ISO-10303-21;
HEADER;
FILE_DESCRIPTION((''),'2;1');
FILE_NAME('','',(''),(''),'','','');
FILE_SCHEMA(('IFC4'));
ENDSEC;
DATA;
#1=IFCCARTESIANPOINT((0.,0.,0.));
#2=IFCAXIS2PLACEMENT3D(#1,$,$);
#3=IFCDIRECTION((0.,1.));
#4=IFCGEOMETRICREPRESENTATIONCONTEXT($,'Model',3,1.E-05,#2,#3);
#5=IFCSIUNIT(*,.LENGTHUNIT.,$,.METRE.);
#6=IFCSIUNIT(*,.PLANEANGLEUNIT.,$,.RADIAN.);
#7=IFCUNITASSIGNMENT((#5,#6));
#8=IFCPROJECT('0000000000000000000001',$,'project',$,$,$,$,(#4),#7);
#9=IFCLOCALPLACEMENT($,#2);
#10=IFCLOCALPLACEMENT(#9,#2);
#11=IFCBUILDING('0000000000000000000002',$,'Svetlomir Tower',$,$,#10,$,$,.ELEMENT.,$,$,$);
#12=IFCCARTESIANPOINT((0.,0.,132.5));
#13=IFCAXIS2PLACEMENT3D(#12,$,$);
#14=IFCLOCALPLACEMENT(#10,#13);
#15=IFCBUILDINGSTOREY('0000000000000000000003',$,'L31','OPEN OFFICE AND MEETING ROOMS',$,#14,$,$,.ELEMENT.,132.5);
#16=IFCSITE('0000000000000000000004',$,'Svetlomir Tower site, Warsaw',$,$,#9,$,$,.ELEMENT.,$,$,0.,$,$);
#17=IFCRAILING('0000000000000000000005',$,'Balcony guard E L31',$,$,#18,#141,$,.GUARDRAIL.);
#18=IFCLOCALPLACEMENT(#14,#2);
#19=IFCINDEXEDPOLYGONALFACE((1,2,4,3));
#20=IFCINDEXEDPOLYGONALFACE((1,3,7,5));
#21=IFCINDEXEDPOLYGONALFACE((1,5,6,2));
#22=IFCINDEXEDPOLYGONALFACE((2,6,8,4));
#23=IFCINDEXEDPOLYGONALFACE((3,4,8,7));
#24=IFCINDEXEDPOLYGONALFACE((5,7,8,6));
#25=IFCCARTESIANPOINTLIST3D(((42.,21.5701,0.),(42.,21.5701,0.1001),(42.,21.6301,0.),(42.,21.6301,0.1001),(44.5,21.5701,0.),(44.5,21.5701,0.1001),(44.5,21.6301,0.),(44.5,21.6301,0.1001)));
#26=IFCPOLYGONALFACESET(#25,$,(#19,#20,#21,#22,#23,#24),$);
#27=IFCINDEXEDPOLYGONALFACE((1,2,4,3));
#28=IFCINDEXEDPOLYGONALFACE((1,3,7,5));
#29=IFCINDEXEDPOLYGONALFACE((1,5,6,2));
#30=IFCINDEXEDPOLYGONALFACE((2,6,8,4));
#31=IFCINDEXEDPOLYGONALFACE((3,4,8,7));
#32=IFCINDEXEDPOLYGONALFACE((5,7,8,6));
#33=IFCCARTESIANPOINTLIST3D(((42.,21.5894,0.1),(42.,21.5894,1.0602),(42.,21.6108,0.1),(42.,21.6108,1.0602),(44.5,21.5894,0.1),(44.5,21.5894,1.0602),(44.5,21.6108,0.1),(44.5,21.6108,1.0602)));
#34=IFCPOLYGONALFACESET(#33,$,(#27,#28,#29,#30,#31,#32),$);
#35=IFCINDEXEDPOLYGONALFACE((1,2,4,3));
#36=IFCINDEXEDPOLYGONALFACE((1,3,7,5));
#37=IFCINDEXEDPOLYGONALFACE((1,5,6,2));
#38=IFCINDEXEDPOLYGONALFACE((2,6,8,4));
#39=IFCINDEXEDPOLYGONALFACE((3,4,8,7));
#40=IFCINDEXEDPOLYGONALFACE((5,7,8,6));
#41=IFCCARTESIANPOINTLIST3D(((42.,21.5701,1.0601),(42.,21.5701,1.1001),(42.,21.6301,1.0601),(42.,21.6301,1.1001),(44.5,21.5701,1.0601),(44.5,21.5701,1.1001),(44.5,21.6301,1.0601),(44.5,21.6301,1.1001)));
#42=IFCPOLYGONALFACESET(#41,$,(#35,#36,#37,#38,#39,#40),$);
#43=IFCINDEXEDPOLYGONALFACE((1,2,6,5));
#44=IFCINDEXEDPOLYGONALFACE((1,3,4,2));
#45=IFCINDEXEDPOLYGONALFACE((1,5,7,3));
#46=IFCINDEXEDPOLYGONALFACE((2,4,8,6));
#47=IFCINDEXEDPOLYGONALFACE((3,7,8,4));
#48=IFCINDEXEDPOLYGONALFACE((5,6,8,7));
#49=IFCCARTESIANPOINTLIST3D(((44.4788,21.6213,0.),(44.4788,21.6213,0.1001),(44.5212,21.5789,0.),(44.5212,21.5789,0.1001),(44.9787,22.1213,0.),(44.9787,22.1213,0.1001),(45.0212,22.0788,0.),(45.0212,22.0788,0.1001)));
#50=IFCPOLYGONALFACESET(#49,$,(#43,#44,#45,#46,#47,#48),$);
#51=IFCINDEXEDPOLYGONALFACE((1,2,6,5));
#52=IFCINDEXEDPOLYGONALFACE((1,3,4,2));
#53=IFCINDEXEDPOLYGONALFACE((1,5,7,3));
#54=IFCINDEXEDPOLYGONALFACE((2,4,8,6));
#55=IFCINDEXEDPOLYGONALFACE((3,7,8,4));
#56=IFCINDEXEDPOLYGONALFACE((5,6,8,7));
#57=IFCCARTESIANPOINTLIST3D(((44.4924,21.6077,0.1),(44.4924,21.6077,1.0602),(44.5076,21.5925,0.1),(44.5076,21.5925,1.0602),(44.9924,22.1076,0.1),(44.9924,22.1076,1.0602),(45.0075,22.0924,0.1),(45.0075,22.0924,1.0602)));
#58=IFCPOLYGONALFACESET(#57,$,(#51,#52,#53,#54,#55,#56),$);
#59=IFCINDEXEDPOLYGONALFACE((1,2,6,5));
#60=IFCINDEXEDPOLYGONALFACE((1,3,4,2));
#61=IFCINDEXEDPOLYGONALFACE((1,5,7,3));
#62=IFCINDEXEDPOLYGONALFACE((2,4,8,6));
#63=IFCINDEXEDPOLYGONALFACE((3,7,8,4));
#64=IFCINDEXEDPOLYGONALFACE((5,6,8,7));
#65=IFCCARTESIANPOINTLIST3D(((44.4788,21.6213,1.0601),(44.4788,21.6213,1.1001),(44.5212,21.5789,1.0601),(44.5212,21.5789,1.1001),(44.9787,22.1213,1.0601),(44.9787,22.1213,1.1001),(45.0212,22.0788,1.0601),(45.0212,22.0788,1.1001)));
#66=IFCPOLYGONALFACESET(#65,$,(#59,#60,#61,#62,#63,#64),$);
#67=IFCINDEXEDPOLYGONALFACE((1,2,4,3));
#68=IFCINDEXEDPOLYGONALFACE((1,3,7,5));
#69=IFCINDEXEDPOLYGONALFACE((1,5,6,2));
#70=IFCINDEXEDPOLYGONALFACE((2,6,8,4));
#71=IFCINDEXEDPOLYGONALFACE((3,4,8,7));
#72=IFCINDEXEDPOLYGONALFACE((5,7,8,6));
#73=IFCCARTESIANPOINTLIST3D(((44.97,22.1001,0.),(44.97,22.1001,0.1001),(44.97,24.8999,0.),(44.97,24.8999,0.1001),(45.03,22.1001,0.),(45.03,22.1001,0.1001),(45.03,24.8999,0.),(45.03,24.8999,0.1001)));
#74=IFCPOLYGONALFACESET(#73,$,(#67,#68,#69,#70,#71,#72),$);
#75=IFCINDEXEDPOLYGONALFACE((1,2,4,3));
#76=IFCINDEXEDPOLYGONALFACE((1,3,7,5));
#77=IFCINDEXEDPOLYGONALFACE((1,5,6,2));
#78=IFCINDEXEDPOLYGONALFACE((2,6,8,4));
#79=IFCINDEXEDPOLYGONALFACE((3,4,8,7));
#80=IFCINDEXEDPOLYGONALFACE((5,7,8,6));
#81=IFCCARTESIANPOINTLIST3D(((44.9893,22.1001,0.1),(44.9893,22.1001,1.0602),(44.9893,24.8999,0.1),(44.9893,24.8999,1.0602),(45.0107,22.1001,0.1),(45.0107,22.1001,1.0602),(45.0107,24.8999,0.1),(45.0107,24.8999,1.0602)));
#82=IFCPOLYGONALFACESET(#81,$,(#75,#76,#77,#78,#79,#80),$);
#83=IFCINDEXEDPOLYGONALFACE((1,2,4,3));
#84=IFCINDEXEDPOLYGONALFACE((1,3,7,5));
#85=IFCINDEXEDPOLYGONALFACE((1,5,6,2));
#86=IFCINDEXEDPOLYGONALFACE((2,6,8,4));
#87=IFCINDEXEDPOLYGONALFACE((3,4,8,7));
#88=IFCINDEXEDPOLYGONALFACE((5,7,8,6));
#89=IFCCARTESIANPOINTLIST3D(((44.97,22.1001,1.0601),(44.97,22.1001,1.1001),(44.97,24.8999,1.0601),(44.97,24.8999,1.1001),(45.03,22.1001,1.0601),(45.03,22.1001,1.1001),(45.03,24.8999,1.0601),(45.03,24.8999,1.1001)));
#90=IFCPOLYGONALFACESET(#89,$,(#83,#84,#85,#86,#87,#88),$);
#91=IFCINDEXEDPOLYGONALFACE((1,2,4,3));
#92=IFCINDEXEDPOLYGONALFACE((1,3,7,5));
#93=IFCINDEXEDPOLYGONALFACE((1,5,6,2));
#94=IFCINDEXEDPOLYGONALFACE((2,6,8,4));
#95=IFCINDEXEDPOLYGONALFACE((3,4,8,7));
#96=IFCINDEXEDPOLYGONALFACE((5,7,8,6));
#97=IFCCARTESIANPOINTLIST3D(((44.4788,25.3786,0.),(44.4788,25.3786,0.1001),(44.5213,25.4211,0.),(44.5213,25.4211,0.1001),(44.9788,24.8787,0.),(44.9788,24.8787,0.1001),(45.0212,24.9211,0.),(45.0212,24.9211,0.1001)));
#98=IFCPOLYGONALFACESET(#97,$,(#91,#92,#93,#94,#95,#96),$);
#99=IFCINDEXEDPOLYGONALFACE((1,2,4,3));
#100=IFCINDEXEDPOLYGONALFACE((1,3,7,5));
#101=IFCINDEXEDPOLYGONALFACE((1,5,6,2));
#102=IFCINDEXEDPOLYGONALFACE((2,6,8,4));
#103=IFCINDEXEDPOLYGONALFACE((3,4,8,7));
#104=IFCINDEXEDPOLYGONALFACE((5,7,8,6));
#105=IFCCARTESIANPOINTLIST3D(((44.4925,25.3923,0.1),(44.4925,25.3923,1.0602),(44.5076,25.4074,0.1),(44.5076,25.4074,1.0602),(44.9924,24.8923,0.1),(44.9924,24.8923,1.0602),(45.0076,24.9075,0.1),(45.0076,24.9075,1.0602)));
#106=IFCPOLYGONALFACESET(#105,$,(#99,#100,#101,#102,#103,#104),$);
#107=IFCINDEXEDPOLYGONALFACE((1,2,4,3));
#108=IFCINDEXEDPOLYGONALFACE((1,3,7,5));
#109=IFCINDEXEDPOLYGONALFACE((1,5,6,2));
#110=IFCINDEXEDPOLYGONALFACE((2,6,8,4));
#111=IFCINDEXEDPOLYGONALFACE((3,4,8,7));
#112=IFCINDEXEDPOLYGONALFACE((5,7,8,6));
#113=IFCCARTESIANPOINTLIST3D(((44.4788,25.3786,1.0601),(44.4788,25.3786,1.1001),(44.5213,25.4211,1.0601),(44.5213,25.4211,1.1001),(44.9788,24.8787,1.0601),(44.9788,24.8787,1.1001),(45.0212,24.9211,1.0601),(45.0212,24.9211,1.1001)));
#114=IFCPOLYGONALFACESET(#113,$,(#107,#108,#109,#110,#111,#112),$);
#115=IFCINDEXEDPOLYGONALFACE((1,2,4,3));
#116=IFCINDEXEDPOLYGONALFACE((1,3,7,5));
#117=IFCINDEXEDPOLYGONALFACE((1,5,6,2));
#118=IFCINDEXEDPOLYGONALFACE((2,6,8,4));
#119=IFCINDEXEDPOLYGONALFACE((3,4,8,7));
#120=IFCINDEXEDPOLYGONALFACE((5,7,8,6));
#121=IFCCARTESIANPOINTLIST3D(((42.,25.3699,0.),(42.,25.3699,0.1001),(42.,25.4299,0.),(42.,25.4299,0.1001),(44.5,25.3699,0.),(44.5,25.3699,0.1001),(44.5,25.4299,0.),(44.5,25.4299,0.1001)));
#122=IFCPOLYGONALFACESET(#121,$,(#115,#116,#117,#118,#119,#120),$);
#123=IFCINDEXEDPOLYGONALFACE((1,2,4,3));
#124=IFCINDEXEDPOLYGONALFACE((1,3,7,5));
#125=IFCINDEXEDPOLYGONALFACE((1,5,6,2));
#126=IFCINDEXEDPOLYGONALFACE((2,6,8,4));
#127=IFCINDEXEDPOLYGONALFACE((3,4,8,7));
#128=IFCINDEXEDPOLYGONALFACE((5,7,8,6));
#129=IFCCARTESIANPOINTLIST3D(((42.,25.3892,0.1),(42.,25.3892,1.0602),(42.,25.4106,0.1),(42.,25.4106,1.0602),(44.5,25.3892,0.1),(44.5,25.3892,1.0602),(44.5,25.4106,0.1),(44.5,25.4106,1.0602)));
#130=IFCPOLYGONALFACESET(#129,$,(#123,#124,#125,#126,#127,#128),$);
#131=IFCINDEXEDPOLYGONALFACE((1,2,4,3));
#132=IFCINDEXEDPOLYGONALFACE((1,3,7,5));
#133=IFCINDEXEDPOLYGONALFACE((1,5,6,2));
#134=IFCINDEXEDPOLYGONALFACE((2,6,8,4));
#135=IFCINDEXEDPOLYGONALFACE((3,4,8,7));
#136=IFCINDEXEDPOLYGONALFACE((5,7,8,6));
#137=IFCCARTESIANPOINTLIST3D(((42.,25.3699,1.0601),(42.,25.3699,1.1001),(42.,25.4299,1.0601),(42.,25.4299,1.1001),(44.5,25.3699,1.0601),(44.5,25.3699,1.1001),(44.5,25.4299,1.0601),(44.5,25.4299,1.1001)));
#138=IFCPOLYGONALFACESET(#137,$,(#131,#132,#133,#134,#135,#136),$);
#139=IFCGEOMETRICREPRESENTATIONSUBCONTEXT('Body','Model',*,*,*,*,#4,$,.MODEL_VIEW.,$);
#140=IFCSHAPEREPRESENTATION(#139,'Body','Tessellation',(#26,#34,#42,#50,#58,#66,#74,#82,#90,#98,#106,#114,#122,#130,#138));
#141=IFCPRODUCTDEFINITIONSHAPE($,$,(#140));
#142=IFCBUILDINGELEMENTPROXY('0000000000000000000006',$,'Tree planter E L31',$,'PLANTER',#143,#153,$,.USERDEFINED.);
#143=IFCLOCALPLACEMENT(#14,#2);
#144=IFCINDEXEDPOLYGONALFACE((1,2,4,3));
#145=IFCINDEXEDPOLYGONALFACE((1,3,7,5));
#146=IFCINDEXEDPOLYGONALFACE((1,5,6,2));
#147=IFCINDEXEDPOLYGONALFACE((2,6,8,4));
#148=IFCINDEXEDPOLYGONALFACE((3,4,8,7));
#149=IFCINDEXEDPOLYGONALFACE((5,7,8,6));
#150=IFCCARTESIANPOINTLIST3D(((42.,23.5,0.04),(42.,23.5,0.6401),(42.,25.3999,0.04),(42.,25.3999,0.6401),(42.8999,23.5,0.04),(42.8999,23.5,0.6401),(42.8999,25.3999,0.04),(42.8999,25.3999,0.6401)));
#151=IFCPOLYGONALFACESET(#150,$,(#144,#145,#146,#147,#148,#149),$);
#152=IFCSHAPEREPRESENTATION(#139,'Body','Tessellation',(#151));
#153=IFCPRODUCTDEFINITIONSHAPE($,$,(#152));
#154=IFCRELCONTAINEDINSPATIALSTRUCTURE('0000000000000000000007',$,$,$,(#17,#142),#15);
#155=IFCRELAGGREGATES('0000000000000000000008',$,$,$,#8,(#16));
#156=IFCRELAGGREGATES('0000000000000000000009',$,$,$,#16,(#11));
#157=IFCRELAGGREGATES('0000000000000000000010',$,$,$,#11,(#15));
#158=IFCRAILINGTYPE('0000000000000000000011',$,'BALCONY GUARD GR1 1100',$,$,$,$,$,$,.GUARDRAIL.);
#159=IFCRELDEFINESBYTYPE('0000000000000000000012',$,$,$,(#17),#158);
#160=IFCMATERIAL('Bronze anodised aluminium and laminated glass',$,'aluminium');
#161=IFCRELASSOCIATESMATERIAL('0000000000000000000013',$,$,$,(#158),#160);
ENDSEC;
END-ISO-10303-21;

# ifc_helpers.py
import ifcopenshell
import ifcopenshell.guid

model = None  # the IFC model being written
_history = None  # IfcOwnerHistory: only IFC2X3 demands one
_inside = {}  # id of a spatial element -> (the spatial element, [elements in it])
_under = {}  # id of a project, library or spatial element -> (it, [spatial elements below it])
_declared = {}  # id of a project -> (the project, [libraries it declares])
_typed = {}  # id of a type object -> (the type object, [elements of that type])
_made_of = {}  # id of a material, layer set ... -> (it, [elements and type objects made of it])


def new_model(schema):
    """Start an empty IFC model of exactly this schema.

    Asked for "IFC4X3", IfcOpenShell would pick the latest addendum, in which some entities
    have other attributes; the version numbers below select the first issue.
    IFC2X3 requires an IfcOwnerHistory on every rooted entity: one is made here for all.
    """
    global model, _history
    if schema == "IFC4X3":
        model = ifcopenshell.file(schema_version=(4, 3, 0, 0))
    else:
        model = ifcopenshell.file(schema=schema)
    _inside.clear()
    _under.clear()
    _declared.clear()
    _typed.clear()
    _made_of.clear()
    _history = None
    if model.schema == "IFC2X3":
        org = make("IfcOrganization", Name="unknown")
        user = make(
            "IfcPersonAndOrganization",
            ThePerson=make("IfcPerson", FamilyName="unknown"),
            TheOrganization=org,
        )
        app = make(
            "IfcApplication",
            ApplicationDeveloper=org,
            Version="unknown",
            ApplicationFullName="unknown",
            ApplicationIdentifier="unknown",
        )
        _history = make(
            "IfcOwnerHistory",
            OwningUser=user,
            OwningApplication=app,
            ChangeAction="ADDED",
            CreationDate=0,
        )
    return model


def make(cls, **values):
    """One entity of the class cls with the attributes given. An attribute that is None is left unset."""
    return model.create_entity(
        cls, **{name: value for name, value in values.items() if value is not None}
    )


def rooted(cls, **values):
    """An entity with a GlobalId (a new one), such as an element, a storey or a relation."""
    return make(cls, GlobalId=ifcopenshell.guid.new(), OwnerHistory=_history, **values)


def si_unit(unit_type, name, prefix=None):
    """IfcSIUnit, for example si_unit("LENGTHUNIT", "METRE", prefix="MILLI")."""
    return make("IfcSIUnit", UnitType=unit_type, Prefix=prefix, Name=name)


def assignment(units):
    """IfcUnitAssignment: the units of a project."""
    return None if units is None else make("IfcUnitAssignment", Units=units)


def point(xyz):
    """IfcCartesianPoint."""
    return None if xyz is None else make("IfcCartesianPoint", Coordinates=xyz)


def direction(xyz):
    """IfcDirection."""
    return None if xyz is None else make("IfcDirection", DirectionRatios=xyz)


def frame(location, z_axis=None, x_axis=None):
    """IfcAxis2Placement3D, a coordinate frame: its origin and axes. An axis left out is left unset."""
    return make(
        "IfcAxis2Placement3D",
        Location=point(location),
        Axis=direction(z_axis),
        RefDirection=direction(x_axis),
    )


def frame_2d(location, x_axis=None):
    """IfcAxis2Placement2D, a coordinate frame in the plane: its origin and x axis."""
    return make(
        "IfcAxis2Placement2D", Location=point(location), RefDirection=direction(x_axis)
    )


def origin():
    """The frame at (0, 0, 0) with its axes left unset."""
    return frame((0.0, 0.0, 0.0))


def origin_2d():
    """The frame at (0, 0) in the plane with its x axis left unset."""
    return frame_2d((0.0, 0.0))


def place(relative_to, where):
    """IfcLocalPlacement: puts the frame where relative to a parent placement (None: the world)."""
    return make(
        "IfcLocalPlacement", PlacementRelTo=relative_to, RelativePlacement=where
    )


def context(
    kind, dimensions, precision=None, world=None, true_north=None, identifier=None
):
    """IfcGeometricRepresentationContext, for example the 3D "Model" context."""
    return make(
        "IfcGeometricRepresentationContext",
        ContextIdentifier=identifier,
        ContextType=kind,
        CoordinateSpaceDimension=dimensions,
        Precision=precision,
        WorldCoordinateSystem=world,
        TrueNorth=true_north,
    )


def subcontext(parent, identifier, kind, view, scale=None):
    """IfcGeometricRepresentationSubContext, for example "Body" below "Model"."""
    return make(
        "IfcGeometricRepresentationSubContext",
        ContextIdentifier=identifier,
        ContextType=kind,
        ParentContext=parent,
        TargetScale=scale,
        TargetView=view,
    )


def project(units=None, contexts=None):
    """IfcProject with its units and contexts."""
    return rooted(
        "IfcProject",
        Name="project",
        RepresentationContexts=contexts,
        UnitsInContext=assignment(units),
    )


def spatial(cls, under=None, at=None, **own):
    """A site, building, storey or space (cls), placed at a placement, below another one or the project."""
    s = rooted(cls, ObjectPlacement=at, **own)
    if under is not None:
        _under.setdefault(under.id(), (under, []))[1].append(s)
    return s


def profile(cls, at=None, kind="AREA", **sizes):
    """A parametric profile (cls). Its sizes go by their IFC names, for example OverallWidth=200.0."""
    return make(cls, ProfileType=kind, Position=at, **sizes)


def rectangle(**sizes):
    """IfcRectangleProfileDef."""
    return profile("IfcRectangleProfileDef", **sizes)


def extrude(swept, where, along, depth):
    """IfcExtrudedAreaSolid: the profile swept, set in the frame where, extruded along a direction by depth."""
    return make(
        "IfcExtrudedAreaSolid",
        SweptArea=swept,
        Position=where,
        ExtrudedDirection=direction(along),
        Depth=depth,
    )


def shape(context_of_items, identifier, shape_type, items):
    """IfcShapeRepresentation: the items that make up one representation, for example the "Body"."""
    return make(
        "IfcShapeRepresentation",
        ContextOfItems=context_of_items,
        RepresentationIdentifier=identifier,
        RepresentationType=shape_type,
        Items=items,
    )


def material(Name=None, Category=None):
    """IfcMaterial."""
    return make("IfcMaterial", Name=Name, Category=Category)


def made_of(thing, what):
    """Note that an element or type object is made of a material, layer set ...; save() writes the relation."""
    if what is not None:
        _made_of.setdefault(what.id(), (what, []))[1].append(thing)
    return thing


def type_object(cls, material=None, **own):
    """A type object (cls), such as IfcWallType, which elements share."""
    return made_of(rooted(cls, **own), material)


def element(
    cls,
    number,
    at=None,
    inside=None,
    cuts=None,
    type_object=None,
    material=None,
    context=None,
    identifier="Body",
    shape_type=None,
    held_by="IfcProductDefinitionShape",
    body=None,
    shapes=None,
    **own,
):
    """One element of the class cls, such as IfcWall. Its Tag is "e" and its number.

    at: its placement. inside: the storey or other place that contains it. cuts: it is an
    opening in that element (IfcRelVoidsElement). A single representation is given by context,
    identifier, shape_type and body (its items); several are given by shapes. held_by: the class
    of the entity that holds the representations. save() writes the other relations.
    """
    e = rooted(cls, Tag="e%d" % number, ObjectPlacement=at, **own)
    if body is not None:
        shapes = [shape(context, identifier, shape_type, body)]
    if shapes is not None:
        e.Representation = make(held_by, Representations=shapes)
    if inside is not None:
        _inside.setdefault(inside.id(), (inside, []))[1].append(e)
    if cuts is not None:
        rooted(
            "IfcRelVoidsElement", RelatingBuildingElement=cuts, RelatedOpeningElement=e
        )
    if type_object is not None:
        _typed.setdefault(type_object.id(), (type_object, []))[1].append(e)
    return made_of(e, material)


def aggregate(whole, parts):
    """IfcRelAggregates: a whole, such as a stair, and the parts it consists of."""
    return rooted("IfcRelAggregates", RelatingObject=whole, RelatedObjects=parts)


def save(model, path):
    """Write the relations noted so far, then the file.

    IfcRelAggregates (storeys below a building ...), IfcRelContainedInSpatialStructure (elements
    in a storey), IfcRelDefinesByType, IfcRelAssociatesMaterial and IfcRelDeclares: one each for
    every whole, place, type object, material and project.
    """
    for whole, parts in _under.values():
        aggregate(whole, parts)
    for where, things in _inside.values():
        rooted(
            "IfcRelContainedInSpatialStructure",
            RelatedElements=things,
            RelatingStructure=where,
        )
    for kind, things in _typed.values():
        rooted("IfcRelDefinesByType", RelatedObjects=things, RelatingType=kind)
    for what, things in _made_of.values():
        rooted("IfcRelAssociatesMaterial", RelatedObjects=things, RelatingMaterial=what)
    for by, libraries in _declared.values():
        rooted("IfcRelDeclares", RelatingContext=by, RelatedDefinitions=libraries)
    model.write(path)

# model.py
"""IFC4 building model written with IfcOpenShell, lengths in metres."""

from ifc_helpers import new_model, si_unit, direction, frame, origin, origin_2d, place, context, subcontext, project, spatial, rectangle, extrude, material, type_object, element, save


model = new_model("IFC4")

# Units and contexts
model_context = context("Model", 3, precision=1e-05, world=origin(), true_north=direction((0.0, 1.0)))
body_context = subcontext(model_context, "Body", "Model", "MODEL_VIEW")
ifc_project = project(units=[si_unit("LENGTHUNIT", "METRE"), si_unit("PLANEANGLEUNIT", "RADIAN")], contexts=[model_context])

# Site, building, storey
site_placement = place(None, origin())
site = spatial("IfcSite", under=ifc_project, at=site_placement, Name="Svetlomir Tower site, Warsaw", CompositionType="ELEMENT", RefElevation=0.0)
building_placement = place(site_placement, origin())
building = spatial("IfcBuilding", under=site, at=building_placement, Name="Svetlomir Tower", CompositionType="ELEMENT")
storey_placement = place(building_placement, frame((0.0, 0.0, 132.5)))
storey = spatial("IfcBuildingStorey", under=building, at=storey_placement, Name="L31", Description="OPEN OFFICE AND MEETING ROOMS", CompositionType="ELEMENT", Elevation=132.5)

# Railing
ifc_material_1 = material(Name="Bronze anodised aluminium and laminated glass", Category="aluminium")
railing_type = type_object("IfcRailingType", Name="BALCONY GUARD GR1 1100", PredefinedType="GUARDRAIL", material=ifc_material_1)
railing_placement = place(storey_placement, frame((42.0, 21.6001, 0.0)))
element("IfcRailing", 1, at=railing_placement, inside=storey, type_object=railing_type, Name="Balcony guard E L31", PredefinedType="GUARDRAIL", context=body_context, shape_type="SweptSolid", body=[
    extrude(rectangle(XDim=0.0601, YDim=0.1001, at=origin_2d()), frame((0.0, 0.0, 0.05), z_axis=(1.0, 0.0, 0.0), x_axis=(0.0, 1.0, 0.0)), (0.0, 0.0, 1.0), 2.5),
    extrude(rectangle(XDim=0.0215, YDim=0.9602, at=origin_2d()), frame((0.0, 0.0, 0.5801), z_axis=(1.0, 0.0, 0.0), x_axis=(0.0, 1.0, 0.0)), (0.0, 0.0, 1.0), 2.5),
    extrude(rectangle(XDim=0.0601, YDim=0.04, at=origin_2d()), frame((0.0, 0.0, 1.0801), z_axis=(1.0, 0.0, 0.0), x_axis=(0.0, 1.0, 0.0)), (0.0, 0.0, 1.0), 2.5),
    extrude(rectangle(XDim=0.0601, YDim=0.1001, at=origin_2d()), frame((2.5, 0.0, 0.05), z_axis=(0.707107, 0.707107, 0.0), x_axis=(-0.707107, 0.707107, 0.0)), (0.0, 0.0, 1.0), 0.707),
    extrude(rectangle(XDim=0.0215, YDim=0.9602, at=origin_2d()), frame((2.5, 0.0, 0.5801), z_axis=(0.707107, 0.707107, 0.0), x_axis=(-0.707107, 0.707107, 0.0)), (0.0, 0.0, 1.0), 0.707),
    extrude(rectangle(XDim=0.0601, YDim=0.04, at=origin_2d()), frame((2.5, 0.0, 1.0801), z_axis=(0.707107, 0.707107, 0.0), x_axis=(-0.707107, 0.707107, 0.0)), (0.0, 0.0, 1.0), 0.707),
    extrude(rectangle(XDim=0.0601, YDim=0.1001, at=origin_2d()), frame((3.0, 0.5, 0.05), z_axis=(0.0, 1.0, 0.0), x_axis=(-1.0, 0.0, 0.0)), (0.0, 0.0, 1.0), 2.7998),
    extrude(rectangle(XDim=0.0215, YDim=0.9602, at=origin_2d()), frame((3.0, 0.5, 0.5801), z_axis=(0.0, 1.0, 0.0), x_axis=(-1.0, 0.0, 0.0)), (0.0, 0.0, 1.0), 2.7998),
    extrude(rectangle(XDim=0.0601, YDim=0.04, at=origin_2d()), frame((3.0, 0.5, 1.0801), z_axis=(0.0, 1.0, 0.0), x_axis=(-1.0, 0.0, 0.0)), (0.0, 0.0, 1.0), 2.7998),
    extrude(rectangle(XDim=0.0601, YDim=0.1001, at=origin_2d()), frame((3.0, 3.2998, 0.05), z_axis=(-0.707107, 0.707107, 0.0), x_axis=(-0.707107, -0.707107, 0.0)), (0.0, 0.0, 1.0), 0.707),
    extrude(rectangle(XDim=0.0215, YDim=0.9602, at=origin_2d()), frame((3.0, 3.2998, 0.5801), z_axis=(-0.707107, 0.707107, 0.0), x_axis=(-0.707107, -0.707107, 0.0)), (0.0, 0.0, 1.0), 0.707),
    extrude(rectangle(XDim=0.0601, YDim=0.04, at=origin_2d()), frame((3.0, 3.2998, 1.0801), z_axis=(-0.707107, 0.707107, 0.0), x_axis=(-0.707107, -0.707107, 0.0)), (0.0, 0.0, 1.0), 0.707),
    extrude(rectangle(XDim=0.0601, YDim=0.1001, at=origin_2d()), frame((2.5, 3.7998, 0.05), z_axis=(-1.0, 0.0, 0.0), x_axis=(0.0, -1.0, 0.0)), (0.0, 0.0, 1.0), 2.5),
    extrude(rectangle(XDim=0.0215, YDim=0.9602, at=origin_2d()), frame((2.5, 3.7998, 0.5801), z_axis=(-1.0, 0.0, 0.0), x_axis=(0.0, -1.0, 0.0)), (0.0, 0.0, 1.0), 2.5),
    extrude(rectangle(XDim=0.0601, YDim=0.04, at=origin_2d()), frame((2.5, 3.7998, 1.0801), z_axis=(-1.0, 0.0, 0.0), x_axis=(0.0, -1.0, 0.0)), (0.0, 0.0, 1.0), 2.5),
])

# Building element proxy
proxy_placement = place(storey_placement, frame((42.45, 24.45, 0.04), z_axis=(0.0, 0.0, 1.0), x_axis=(1.0, 0.0, 0.0)))
element("IfcBuildingElementProxy", 2, at=proxy_placement, inside=storey, Name="Tree planter E L31", ObjectType="PLANTER", PredefinedType="USERDEFINED", context=body_context, shape_type="SweptSolid", body=[
    extrude(rectangle(XDim=0.8999, YDim=1.8999, at=origin_2d()), origin(), (0.0, 0.0, 1.0), 0.6001),
])

save(model, "model.ifc")
